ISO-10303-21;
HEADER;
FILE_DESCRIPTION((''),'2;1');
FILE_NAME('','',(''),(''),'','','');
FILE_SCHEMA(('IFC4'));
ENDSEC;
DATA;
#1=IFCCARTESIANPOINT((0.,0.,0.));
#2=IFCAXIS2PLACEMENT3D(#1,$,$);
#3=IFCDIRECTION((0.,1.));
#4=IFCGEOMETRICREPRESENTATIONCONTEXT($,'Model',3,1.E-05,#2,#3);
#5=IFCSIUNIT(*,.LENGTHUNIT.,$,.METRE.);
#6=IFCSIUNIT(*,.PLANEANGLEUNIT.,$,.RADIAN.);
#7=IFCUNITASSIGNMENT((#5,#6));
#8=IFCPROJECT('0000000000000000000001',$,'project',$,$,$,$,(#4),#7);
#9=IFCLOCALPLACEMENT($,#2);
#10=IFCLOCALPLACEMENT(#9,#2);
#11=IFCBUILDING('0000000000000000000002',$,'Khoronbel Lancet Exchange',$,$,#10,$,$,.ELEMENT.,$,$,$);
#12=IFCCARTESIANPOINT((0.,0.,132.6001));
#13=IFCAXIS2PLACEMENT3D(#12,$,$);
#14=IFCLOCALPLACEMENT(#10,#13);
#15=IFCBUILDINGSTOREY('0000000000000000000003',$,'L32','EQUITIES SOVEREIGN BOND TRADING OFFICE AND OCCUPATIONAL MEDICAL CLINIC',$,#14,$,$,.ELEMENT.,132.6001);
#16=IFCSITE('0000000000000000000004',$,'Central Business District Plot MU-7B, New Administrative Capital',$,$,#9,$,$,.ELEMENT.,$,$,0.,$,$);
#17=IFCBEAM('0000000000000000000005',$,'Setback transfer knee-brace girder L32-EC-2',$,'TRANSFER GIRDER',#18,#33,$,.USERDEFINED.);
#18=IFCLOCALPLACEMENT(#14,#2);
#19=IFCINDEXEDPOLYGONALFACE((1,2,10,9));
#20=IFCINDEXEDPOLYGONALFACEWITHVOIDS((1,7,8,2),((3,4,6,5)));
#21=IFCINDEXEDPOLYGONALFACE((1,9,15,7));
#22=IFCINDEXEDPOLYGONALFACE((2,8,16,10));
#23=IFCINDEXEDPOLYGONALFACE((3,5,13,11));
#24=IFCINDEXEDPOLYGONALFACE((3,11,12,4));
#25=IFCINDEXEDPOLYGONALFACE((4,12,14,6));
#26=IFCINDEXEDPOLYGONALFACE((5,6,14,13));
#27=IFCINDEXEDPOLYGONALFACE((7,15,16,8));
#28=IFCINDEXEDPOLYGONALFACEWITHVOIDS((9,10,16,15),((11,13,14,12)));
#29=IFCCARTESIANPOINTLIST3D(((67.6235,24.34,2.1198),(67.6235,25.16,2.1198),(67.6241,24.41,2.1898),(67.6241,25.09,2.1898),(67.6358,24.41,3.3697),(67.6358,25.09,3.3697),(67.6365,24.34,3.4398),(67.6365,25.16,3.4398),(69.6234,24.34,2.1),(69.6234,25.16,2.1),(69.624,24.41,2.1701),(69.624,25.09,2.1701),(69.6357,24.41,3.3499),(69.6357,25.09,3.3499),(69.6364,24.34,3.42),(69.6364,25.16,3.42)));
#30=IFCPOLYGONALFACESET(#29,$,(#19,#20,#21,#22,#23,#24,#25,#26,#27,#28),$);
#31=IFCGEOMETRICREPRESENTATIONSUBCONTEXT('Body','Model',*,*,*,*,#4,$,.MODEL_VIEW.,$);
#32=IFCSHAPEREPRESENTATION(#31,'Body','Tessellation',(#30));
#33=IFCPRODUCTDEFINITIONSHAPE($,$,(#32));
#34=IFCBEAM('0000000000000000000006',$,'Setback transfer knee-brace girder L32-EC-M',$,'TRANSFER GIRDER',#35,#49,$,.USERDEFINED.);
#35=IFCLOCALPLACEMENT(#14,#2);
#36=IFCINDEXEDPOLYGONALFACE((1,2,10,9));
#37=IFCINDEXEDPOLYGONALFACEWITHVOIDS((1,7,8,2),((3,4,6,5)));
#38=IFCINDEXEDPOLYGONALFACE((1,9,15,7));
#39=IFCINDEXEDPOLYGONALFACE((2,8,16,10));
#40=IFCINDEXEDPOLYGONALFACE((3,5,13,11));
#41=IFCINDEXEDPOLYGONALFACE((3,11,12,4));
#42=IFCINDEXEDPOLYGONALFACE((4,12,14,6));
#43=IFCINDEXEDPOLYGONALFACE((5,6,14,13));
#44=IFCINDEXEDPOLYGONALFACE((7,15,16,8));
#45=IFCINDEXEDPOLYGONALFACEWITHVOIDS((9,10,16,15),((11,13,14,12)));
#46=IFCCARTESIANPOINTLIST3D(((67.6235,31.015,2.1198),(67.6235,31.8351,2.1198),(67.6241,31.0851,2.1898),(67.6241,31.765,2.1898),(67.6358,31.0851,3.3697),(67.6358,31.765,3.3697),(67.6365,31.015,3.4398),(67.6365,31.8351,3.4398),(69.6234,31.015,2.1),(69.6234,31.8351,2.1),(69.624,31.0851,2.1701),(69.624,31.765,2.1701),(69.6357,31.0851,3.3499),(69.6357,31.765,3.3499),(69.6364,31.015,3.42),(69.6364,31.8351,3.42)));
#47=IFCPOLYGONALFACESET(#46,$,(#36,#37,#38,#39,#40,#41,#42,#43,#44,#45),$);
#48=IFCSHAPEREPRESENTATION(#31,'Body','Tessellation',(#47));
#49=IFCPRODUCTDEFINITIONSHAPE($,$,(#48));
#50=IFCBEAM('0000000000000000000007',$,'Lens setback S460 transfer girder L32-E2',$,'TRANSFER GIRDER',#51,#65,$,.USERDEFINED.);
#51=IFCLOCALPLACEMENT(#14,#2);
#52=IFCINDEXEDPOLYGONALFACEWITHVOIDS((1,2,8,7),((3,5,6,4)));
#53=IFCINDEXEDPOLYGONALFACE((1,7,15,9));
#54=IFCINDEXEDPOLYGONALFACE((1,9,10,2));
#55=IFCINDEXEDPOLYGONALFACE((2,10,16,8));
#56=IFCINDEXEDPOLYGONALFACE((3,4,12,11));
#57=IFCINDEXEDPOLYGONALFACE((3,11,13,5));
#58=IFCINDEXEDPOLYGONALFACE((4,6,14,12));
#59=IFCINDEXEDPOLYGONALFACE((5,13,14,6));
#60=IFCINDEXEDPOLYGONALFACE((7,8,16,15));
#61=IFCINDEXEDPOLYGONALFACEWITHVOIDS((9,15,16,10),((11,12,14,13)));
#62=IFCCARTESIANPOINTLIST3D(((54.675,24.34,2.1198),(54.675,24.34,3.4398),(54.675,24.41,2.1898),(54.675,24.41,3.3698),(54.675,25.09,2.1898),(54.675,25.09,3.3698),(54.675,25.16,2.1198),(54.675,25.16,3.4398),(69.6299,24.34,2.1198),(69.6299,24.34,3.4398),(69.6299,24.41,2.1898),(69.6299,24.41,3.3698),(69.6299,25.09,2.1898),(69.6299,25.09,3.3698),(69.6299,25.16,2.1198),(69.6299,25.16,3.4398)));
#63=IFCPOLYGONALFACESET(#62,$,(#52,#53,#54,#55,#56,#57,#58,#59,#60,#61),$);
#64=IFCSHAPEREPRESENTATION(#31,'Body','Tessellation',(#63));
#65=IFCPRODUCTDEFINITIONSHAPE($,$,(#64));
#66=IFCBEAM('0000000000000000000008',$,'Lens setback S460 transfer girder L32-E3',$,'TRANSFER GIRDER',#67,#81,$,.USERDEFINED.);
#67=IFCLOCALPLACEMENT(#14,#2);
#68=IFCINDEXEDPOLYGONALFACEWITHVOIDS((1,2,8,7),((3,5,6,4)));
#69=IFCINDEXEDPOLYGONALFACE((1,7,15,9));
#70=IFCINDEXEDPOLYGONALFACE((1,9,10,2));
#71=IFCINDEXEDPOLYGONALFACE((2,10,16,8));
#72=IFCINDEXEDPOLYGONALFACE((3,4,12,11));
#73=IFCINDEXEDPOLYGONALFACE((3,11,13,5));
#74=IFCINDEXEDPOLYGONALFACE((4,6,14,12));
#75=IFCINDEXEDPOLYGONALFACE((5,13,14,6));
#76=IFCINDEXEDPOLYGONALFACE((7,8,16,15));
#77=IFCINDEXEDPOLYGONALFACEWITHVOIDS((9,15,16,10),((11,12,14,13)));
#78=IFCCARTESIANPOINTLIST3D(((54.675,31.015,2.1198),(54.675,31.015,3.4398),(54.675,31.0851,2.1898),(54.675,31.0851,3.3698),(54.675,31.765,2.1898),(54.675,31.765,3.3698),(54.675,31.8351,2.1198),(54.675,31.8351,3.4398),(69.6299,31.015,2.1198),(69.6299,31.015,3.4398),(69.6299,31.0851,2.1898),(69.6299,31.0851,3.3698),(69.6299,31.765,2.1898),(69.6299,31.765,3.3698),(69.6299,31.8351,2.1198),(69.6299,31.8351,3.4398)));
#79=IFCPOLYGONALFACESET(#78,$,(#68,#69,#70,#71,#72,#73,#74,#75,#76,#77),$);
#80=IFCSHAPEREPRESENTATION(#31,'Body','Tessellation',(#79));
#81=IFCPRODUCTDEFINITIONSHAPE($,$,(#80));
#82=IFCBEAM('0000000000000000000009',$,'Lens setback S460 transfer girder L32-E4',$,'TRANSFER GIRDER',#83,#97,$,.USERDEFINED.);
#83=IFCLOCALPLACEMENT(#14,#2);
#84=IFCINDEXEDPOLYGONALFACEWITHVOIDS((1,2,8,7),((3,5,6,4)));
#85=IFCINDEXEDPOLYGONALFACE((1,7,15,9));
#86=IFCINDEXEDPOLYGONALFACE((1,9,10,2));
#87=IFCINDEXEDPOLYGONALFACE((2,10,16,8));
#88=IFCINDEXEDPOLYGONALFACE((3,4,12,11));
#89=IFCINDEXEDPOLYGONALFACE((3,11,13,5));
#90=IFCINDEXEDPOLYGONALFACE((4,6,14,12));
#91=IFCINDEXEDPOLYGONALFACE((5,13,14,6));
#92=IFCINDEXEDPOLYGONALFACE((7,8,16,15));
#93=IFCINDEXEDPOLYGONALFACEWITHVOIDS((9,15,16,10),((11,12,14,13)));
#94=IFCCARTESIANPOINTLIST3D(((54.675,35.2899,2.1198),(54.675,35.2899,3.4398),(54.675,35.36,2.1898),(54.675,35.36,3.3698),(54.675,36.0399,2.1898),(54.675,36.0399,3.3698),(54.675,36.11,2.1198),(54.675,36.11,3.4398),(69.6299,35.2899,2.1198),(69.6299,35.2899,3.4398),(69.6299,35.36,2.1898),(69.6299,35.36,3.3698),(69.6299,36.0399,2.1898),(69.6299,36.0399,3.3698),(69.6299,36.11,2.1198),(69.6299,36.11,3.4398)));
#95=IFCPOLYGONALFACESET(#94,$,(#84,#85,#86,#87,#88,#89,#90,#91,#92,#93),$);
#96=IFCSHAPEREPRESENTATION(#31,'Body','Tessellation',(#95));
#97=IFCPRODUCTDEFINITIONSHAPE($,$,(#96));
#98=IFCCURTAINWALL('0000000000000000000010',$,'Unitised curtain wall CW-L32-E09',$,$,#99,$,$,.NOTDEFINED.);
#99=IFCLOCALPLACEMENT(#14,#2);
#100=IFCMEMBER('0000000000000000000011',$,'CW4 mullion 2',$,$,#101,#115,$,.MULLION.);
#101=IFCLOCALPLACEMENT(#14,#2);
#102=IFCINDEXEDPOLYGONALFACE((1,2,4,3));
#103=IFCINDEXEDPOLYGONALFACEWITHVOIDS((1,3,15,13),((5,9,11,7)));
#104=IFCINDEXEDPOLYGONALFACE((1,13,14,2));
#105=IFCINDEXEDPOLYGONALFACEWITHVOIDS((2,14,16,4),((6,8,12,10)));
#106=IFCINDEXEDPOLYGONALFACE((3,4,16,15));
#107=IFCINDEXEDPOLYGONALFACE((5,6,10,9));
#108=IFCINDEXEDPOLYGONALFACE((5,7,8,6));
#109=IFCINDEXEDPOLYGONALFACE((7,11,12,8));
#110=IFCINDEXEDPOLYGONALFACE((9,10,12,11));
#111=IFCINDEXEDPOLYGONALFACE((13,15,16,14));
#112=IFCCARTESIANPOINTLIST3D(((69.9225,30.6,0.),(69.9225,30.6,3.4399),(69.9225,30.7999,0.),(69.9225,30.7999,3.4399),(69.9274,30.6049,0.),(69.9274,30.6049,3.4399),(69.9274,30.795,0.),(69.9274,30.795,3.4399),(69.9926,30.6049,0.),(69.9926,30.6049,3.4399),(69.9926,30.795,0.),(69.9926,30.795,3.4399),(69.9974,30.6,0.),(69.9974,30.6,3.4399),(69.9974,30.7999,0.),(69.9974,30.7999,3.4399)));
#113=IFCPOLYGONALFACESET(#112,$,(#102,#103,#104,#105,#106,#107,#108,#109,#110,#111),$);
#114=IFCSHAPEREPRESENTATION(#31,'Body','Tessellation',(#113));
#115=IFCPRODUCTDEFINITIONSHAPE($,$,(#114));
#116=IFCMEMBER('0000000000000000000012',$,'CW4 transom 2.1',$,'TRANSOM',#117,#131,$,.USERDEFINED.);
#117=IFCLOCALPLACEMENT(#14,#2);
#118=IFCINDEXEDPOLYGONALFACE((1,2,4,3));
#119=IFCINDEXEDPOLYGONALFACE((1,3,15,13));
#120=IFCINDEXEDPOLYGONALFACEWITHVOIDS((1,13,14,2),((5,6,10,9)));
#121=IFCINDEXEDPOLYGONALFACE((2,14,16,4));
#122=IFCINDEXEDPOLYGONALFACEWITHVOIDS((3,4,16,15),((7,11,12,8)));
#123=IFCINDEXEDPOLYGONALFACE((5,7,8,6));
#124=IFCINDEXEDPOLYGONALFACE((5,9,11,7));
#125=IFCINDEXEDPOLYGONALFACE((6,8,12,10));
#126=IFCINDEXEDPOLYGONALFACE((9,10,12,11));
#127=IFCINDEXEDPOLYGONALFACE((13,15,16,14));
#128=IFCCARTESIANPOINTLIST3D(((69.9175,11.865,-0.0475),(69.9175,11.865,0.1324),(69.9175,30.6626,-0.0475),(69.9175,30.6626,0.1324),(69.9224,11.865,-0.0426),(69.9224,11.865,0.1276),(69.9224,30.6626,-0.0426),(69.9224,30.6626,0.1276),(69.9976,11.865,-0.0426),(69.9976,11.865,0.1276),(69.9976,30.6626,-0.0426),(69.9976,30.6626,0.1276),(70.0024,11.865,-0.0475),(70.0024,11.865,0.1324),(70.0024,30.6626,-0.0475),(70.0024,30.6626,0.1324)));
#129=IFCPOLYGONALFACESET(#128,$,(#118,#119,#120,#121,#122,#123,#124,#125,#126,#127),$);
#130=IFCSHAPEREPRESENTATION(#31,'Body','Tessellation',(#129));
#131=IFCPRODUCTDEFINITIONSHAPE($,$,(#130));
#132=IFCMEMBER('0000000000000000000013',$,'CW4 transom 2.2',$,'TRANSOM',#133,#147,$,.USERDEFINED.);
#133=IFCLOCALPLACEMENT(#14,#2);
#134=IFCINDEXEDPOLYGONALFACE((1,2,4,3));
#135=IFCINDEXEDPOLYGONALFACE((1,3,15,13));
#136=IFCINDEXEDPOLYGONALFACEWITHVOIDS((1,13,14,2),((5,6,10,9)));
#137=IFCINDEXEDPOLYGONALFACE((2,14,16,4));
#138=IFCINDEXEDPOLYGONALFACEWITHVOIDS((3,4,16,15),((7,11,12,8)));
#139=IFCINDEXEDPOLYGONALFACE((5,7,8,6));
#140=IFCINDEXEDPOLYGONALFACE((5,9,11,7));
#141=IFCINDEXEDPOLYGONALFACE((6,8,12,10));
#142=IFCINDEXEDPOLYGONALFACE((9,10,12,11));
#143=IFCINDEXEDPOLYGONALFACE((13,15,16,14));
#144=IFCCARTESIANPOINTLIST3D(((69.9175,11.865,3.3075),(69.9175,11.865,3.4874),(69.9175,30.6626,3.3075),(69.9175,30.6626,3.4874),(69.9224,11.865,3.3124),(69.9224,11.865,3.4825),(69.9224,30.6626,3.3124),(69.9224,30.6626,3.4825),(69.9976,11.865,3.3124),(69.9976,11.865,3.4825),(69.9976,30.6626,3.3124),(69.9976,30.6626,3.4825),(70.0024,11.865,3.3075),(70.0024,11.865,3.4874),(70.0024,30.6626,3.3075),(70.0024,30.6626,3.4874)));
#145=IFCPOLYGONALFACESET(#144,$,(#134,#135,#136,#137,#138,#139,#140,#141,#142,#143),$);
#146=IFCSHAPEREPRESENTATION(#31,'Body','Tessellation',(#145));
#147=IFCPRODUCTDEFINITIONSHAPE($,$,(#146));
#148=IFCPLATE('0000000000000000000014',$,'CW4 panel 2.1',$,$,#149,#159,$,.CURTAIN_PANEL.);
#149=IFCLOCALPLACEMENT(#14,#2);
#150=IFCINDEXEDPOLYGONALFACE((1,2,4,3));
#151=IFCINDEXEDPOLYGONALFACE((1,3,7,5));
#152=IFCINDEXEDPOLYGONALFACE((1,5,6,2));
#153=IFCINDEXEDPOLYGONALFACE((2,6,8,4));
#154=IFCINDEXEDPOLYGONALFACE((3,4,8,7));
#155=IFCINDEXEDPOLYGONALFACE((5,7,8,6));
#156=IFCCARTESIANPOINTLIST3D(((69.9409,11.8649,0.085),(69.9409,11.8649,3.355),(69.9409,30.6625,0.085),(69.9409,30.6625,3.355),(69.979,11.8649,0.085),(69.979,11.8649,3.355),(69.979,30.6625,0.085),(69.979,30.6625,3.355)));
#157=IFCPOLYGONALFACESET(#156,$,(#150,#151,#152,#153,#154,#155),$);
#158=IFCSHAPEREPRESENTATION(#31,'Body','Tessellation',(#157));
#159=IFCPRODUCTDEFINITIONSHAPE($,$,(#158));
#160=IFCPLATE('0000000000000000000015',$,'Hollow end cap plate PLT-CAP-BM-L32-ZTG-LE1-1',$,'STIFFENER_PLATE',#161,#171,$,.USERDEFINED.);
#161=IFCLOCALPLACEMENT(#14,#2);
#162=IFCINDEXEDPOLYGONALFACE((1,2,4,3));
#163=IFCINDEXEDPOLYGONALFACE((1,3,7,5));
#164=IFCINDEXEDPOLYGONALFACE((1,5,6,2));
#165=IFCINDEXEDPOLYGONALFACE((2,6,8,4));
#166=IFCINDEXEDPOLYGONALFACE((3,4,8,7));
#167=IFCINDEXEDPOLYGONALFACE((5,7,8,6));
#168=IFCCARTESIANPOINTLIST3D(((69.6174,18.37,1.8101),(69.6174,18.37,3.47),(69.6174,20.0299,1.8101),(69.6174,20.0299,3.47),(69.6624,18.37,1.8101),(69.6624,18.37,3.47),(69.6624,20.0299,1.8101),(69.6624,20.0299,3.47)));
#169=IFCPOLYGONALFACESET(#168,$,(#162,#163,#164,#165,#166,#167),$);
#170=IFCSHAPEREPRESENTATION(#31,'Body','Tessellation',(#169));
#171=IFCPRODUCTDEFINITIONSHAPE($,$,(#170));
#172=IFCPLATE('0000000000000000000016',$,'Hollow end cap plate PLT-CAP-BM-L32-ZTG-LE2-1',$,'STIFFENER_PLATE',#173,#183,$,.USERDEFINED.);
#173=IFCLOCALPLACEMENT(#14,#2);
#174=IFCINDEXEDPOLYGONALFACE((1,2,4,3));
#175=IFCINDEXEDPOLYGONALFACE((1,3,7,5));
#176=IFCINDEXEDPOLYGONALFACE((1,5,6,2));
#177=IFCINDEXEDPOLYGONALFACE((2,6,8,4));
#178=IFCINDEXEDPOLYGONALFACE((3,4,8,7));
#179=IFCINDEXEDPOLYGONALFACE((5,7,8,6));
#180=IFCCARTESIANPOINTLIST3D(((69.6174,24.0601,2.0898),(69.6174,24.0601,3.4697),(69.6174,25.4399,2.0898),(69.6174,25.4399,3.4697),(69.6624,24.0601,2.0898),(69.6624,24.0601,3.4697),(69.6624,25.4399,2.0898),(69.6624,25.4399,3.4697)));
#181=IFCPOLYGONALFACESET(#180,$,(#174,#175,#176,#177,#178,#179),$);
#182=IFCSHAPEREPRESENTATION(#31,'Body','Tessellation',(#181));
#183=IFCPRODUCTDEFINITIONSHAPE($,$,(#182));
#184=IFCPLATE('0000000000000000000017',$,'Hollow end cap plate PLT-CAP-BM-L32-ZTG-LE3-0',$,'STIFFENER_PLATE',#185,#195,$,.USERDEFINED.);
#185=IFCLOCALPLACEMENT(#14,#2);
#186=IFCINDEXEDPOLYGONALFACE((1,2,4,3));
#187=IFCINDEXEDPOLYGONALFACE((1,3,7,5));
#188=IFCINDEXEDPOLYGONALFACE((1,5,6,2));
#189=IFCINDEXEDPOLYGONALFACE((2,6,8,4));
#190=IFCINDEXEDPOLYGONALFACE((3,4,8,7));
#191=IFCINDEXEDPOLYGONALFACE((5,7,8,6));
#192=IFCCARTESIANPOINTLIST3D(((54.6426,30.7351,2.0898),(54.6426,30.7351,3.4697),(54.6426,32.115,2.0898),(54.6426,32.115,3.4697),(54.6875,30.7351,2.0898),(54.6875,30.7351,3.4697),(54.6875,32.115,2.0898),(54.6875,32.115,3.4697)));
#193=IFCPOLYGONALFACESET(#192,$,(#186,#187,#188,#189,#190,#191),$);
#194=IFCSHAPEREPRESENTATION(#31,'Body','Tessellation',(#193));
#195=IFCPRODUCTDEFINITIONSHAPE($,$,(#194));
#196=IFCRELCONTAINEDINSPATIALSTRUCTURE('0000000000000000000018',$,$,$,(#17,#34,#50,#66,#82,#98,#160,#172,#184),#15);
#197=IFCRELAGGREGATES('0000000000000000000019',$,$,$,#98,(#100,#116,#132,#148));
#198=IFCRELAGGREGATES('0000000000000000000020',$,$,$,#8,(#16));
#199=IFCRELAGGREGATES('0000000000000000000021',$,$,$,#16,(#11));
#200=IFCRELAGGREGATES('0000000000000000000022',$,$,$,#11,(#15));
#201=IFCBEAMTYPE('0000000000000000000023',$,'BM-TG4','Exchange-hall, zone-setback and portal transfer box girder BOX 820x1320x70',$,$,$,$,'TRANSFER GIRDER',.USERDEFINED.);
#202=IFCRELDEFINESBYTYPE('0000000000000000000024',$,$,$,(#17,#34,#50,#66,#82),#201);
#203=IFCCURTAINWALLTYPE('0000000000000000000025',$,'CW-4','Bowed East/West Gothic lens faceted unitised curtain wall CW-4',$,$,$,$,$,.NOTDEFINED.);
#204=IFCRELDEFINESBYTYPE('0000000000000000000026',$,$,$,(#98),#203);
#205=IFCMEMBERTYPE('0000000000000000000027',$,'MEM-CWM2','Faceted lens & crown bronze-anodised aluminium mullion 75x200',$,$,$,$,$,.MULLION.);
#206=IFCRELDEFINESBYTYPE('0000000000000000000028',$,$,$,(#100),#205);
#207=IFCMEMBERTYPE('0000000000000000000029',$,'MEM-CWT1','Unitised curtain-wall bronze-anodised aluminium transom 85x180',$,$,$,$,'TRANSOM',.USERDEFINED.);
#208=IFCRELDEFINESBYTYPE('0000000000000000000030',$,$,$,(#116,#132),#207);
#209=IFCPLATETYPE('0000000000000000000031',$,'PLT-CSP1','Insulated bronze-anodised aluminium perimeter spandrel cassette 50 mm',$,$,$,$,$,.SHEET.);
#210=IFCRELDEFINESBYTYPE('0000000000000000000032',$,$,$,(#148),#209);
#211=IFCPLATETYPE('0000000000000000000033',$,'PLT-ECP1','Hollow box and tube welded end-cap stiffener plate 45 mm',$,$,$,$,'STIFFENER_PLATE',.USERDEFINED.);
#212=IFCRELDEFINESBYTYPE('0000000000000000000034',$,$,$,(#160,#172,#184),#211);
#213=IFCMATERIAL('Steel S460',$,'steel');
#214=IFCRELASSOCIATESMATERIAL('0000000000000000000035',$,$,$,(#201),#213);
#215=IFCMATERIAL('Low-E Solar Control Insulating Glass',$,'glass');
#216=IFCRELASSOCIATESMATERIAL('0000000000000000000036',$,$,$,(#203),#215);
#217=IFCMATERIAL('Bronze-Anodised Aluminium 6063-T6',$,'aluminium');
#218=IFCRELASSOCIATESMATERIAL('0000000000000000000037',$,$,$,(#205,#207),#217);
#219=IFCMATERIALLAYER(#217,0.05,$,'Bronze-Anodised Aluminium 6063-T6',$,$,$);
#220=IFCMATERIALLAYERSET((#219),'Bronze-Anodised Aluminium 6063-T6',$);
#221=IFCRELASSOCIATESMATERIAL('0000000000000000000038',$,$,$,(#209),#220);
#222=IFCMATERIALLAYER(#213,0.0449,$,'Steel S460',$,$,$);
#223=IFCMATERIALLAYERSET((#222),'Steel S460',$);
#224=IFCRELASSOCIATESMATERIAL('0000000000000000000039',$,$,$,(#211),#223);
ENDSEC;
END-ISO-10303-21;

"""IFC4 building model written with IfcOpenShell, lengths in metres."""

from ifc_helpers import new_model, si_unit, direction, frame, origin, origin_2d, place, context, subcontext, project, spatial, rectangle, hollow_rectangle, extrude, material, layer, layer_set, material_profile, profile_set, type_object, element, aggregate, save


model = new_model("IFC4")

# Units and contexts
model_context = context("Model", 3, precision=1e-05, world=origin(), true_north=direction((0.0, 1.0)))
body_context = subcontext(model_context, "Body", "Model", "MODEL_VIEW")
ifc_project = project(units=[si_unit("LENGTHUNIT", "METRE"), si_unit("PLANEANGLEUNIT", "RADIAN")], contexts=[model_context])

# Site, building, storey
site_placement = place(None, origin())
site = spatial("IfcSite", under=ifc_project, at=site_placement, Name="Central Business District Plot MU-7B, New Administrative Capital", CompositionType="ELEMENT", RefElevation=0.0)
building_placement = place(site_placement, origin())
building = spatial("IfcBuilding", under=site, at=building_placement, Name="Khoronbel Lancet Exchange", CompositionType="ELEMENT")
storey_placement = place(building_placement, frame((0.0, 0.0, 132.6001)))
storey = spatial("IfcBuildingStorey", under=building, at=storey_placement, Name="L32", Description="EQUITIES SOVEREIGN BOND TRADING OFFICE AND OCCUPATIONAL MEDICAL CLINIC", CompositionType="ELEMENT", Elevation=132.6001)

# Shared definitions
ifc_material_1 = material(Name="Steel S460", Category="steel")

# Beams
ifc_material_profile_1 = material_profile(ifc_material_1, hollow_rectangle(XDim=0.8201, YDim=1.3201, WallThickness=0.0701, at=origin_2d()), Name="BOX 820x1320x70")
ifc_profile_set_1 = profile_set([ifc_material_profile_1], Name="Steel S460")
beam_type_1 = type_object("IfcBeamType", Name="BM-TG4", Description="Exchange-hall, zone-setback and portal transfer box girder BOX 820x1320x70", ElementType="TRANSFER GIRDER", PredefinedType="USERDEFINED", material=ifc_profile_set_1)
for number, where, z_axis, x_axis, name in (
    (1, (69.6299, 24.75, 2.76), (-0.999951, 0.0, 0.009887), (0.0, -1.0, 0.0), "Setback transfer knee-brace girder L32-EC-2"),
    (2, (69.6299, 31.425, 2.76), (-0.999951, 0.0, 0.009887), (0.0, -1.0, 0.0), "Setback transfer knee-brace girder L32-EC-M"),
):
    element("IfcBeam", number, at=place(storey_placement, frame(where, z_axis=z_axis, x_axis=x_axis)), inside=storey, type_object=beam_type_1, Name=name, ObjectType="TRANSFER GIRDER", PredefinedType="USERDEFINED", context=body_context, shape_type="SweptSolid", body=[
        extrude(hollow_rectangle(XDim=0.8201, YDim=1.3201, WallThickness=0.0701, at=origin_2d()), origin(), (0.0, 0.0, 1.0), 2.0),
    ])
for number, where, z_axis, x_axis, name in (
    (3, (54.675, 24.75, 2.7798), (1.0, 0.0, 0.0), (0.0, 1.0, 0.0), "Lens setback S460 transfer girder L32-E2"),
    (4, (54.675, 31.425, 2.7798), (1.0, 0.0, 0.0), (0.0, 1.0, 0.0), "Lens setback S460 transfer girder L32-E3"),
    (5, (54.675, 35.7, 2.7798), (1.0, 0.0, 0.0), (0.0, 1.0, 0.0), "Lens setback S460 transfer girder L32-E4"),
):
    element("IfcBeam", number, at=place(storey_placement, frame(where, z_axis=z_axis, x_axis=x_axis)), inside=storey, type_object=beam_type_1, Name=name, ObjectType="TRANSFER GIRDER", PredefinedType="USERDEFINED", context=body_context, shape_type="SweptSolid", body=[
        extrude(hollow_rectangle(XDim=0.8201, YDim=1.3201, WallThickness=0.0701, at=origin_2d()), origin(), (0.0, 0.0, 1.0), 14.9548),
    ])

# Curtain wall, members, plate
ifc_material_2 = material(Name="Low-E Solar Control Insulating Glass", Category="glass")
curtain_wall_type = type_object("IfcCurtainWallType", Name="CW-4", Description="Bowed East/West Gothic lens faceted unitised curtain wall CW-4", PredefinedType="NOTDEFINED", material=ifc_material_2)
curtain_wall_placement = place(storey_placement, origin())
curtain_wall = element("IfcCurtainWall", 6, at=curtain_wall_placement, inside=storey, type_object=curtain_wall_type, Name="Unitised curtain wall CW-L32-E09", PredefinedType="NOTDEFINED")
ifc_material_3 = material(Name="Bronze-Anodised Aluminium 6063-T6", Category="aluminium")
ifc_material_profile_2 = material_profile(ifc_material_3, hollow_rectangle(XDim=0.075, YDim=0.2, WallThickness=0.0049, at=origin_2d()), Name="ALU MULLION 75x200")
ifc_profile_set_2 = profile_set([ifc_material_profile_2], Name="Bronze-Anodised Aluminium 6063-T6")
member_type_1 = type_object("IfcMemberType", Name="MEM-CWM2", Description="Faceted lens & crown bronze-anodised aluminium mullion 75x200", PredefinedType="MULLION", material=ifc_profile_set_2)
member_1_placement = place(storey_placement, frame((69.96, 30.7, 0.0), z_axis=(0.0, 0.0, 1.0), x_axis=(1.0, 0.0, 0.0)))
member_1 = element("IfcMember", 7, at=member_1_placement, type_object=member_type_1, Name="CW4 mullion 2", PredefinedType="MULLION", context=body_context, shape_type="SweptSolid", body=[
    extrude(hollow_rectangle(XDim=0.075, YDim=0.2, WallThickness=0.0049, at=origin_2d()), origin(), (0.0, 0.0, 1.0), 3.4399),
])
ifc_material_profile_3 = material_profile(ifc_material_3, hollow_rectangle(XDim=0.085, YDim=0.1799, WallThickness=0.0049, at=origin_2d()), Name="ALU TRANSOM 85x180")
ifc_profile_set_3 = profile_set([ifc_material_profile_3], Name="Bronze-Anodised Aluminium 6063-T6")
member_type_2 = type_object("IfcMemberType", Name="MEM-CWT1", Description="Unitised curtain-wall bronze-anodised aluminium transom 85x180", ElementType="TRANSOM", PredefinedType="USERDEFINED", material=ifc_profile_set_3)
member_2_placement = place(storey_placement, frame((69.96, 30.6626, 0.0425), z_axis=(0.0, -1.0, 0.0), x_axis=(1.0, 0.0, 0.0)))
member_2 = element("IfcMember", 8, at=member_2_placement, type_object=member_type_2, Name="CW4 transom 2.1", ObjectType="TRANSOM", PredefinedType="USERDEFINED", context=body_context, shape_type="SweptSolid", body=[
    extrude(hollow_rectangle(XDim=0.085, YDim=0.1799, WallThickness=0.0049, at=origin_2d()), origin(), (0.0, 0.0, 1.0), 18.7976),
])
member_3_placement = place(storey_placement, frame((69.96, 30.6626, 3.3975), z_axis=(0.0, -1.0, 0.0), x_axis=(1.0, 0.0, 0.0)))
member_3 = element("IfcMember", 9, at=member_3_placement, type_object=member_type_2, Name="CW4 transom 2.2", ObjectType="TRANSOM", PredefinedType="USERDEFINED", context=body_context, shape_type="SweptSolid", body=[
    extrude(hollow_rectangle(XDim=0.085, YDim=0.1799, WallThickness=0.0049, at=origin_2d()), origin(), (0.0, 0.0, 1.0), 18.7976),
])
ifc_layer_1 = layer(ifc_material_3, 0.05, Name="Bronze-Anodised Aluminium 6063-T6")
ifc_layer_set_1 = layer_set([ifc_layer_1], Name="Bronze-Anodised Aluminium 6063-T6")
plate_type_1 = type_object("IfcPlateType", Name="PLT-CSP1", Description="Insulated bronze-anodised aluminium perimeter spandrel cassette 50 mm", PredefinedType="SHEET", material=ifc_layer_set_1)
plate_1_placement = place(storey_placement, frame((69.96, 21.2637, 0.085), z_axis=(0.0, 0.0, 1.0), x_axis=(0.0, -1.0, 0.0)))
plate_1 = element("IfcPlate", 10, at=plate_1_placement, type_object=plate_type_1, Name="CW4 panel 2.1", PredefinedType="CURTAIN_PANEL", context=body_context, shape_type="SweptSolid", body=[
    extrude(rectangle(XDim=18.7976, YDim=0.0381, at=origin_2d()), origin(), (0.0, 0.0, 1.0), 3.27),
])
aggregate(curtain_wall, [member_1, member_2, member_3, plate_1])

# Plates
ifc_layer_2 = layer(ifc_material_1, 0.0449, Name="Steel S460")
ifc_layer_set_2 = layer_set([ifc_layer_2], Name="Steel S460")
plate_type_2 = type_object("IfcPlateType", Name="PLT-ECP1", Description="Hollow box and tube welded end-cap stiffener plate 45 mm", ElementType="STIFFENER_PLATE", PredefinedType="USERDEFINED", material=ifc_layer_set_2)
plate_2_placement = place(storey_placement, frame((69.6399, 19.2, 1.8101), z_axis=(0.0, 0.0, 1.0), x_axis=(1.0, 0.0, 0.0)))
element("IfcPlate", 11, at=plate_2_placement, inside=storey, type_object=plate_type_2, Name="Hollow end cap plate PLT-CAP-BM-L32-ZTG-LE1-1", ObjectType="STIFFENER_PLATE", PredefinedType="USERDEFINED", context=body_context, shape_type="SweptSolid", body=[
    extrude(rectangle(XDim=0.0449, YDim=1.6599, at=origin_2d()), origin(), (0.0, 0.0, 1.0), 1.6599),
])
for number, where, z_axis, x_axis, name in (
    (12, (69.6399, 24.75, 2.0898), (0.0, 0.0, 1.0), (1.0, 0.0, 0.0), "Hollow end cap plate PLT-CAP-BM-L32-ZTG-LE2-1"),
    (13, (54.665, 31.425, 2.0898), (0.0, 0.0, 1.0), (-1.0, 0.0, 0.0), "Hollow end cap plate PLT-CAP-BM-L32-ZTG-LE3-0"),
):
    element("IfcPlate", number, at=place(storey_placement, frame(where, z_axis=z_axis, x_axis=x_axis)), inside=storey, type_object=plate_type_2, Name=name, ObjectType="STIFFENER_PLATE", PredefinedType="USERDEFINED", context=body_context, shape_type="SweptSolid", body=[
        extrude(rectangle(XDim=0.0449, YDim=1.3799, at=origin_2d()), origin(), (0.0, 0.0, 1.0), 1.3799),
    ])

save(model, "model.ifc")
